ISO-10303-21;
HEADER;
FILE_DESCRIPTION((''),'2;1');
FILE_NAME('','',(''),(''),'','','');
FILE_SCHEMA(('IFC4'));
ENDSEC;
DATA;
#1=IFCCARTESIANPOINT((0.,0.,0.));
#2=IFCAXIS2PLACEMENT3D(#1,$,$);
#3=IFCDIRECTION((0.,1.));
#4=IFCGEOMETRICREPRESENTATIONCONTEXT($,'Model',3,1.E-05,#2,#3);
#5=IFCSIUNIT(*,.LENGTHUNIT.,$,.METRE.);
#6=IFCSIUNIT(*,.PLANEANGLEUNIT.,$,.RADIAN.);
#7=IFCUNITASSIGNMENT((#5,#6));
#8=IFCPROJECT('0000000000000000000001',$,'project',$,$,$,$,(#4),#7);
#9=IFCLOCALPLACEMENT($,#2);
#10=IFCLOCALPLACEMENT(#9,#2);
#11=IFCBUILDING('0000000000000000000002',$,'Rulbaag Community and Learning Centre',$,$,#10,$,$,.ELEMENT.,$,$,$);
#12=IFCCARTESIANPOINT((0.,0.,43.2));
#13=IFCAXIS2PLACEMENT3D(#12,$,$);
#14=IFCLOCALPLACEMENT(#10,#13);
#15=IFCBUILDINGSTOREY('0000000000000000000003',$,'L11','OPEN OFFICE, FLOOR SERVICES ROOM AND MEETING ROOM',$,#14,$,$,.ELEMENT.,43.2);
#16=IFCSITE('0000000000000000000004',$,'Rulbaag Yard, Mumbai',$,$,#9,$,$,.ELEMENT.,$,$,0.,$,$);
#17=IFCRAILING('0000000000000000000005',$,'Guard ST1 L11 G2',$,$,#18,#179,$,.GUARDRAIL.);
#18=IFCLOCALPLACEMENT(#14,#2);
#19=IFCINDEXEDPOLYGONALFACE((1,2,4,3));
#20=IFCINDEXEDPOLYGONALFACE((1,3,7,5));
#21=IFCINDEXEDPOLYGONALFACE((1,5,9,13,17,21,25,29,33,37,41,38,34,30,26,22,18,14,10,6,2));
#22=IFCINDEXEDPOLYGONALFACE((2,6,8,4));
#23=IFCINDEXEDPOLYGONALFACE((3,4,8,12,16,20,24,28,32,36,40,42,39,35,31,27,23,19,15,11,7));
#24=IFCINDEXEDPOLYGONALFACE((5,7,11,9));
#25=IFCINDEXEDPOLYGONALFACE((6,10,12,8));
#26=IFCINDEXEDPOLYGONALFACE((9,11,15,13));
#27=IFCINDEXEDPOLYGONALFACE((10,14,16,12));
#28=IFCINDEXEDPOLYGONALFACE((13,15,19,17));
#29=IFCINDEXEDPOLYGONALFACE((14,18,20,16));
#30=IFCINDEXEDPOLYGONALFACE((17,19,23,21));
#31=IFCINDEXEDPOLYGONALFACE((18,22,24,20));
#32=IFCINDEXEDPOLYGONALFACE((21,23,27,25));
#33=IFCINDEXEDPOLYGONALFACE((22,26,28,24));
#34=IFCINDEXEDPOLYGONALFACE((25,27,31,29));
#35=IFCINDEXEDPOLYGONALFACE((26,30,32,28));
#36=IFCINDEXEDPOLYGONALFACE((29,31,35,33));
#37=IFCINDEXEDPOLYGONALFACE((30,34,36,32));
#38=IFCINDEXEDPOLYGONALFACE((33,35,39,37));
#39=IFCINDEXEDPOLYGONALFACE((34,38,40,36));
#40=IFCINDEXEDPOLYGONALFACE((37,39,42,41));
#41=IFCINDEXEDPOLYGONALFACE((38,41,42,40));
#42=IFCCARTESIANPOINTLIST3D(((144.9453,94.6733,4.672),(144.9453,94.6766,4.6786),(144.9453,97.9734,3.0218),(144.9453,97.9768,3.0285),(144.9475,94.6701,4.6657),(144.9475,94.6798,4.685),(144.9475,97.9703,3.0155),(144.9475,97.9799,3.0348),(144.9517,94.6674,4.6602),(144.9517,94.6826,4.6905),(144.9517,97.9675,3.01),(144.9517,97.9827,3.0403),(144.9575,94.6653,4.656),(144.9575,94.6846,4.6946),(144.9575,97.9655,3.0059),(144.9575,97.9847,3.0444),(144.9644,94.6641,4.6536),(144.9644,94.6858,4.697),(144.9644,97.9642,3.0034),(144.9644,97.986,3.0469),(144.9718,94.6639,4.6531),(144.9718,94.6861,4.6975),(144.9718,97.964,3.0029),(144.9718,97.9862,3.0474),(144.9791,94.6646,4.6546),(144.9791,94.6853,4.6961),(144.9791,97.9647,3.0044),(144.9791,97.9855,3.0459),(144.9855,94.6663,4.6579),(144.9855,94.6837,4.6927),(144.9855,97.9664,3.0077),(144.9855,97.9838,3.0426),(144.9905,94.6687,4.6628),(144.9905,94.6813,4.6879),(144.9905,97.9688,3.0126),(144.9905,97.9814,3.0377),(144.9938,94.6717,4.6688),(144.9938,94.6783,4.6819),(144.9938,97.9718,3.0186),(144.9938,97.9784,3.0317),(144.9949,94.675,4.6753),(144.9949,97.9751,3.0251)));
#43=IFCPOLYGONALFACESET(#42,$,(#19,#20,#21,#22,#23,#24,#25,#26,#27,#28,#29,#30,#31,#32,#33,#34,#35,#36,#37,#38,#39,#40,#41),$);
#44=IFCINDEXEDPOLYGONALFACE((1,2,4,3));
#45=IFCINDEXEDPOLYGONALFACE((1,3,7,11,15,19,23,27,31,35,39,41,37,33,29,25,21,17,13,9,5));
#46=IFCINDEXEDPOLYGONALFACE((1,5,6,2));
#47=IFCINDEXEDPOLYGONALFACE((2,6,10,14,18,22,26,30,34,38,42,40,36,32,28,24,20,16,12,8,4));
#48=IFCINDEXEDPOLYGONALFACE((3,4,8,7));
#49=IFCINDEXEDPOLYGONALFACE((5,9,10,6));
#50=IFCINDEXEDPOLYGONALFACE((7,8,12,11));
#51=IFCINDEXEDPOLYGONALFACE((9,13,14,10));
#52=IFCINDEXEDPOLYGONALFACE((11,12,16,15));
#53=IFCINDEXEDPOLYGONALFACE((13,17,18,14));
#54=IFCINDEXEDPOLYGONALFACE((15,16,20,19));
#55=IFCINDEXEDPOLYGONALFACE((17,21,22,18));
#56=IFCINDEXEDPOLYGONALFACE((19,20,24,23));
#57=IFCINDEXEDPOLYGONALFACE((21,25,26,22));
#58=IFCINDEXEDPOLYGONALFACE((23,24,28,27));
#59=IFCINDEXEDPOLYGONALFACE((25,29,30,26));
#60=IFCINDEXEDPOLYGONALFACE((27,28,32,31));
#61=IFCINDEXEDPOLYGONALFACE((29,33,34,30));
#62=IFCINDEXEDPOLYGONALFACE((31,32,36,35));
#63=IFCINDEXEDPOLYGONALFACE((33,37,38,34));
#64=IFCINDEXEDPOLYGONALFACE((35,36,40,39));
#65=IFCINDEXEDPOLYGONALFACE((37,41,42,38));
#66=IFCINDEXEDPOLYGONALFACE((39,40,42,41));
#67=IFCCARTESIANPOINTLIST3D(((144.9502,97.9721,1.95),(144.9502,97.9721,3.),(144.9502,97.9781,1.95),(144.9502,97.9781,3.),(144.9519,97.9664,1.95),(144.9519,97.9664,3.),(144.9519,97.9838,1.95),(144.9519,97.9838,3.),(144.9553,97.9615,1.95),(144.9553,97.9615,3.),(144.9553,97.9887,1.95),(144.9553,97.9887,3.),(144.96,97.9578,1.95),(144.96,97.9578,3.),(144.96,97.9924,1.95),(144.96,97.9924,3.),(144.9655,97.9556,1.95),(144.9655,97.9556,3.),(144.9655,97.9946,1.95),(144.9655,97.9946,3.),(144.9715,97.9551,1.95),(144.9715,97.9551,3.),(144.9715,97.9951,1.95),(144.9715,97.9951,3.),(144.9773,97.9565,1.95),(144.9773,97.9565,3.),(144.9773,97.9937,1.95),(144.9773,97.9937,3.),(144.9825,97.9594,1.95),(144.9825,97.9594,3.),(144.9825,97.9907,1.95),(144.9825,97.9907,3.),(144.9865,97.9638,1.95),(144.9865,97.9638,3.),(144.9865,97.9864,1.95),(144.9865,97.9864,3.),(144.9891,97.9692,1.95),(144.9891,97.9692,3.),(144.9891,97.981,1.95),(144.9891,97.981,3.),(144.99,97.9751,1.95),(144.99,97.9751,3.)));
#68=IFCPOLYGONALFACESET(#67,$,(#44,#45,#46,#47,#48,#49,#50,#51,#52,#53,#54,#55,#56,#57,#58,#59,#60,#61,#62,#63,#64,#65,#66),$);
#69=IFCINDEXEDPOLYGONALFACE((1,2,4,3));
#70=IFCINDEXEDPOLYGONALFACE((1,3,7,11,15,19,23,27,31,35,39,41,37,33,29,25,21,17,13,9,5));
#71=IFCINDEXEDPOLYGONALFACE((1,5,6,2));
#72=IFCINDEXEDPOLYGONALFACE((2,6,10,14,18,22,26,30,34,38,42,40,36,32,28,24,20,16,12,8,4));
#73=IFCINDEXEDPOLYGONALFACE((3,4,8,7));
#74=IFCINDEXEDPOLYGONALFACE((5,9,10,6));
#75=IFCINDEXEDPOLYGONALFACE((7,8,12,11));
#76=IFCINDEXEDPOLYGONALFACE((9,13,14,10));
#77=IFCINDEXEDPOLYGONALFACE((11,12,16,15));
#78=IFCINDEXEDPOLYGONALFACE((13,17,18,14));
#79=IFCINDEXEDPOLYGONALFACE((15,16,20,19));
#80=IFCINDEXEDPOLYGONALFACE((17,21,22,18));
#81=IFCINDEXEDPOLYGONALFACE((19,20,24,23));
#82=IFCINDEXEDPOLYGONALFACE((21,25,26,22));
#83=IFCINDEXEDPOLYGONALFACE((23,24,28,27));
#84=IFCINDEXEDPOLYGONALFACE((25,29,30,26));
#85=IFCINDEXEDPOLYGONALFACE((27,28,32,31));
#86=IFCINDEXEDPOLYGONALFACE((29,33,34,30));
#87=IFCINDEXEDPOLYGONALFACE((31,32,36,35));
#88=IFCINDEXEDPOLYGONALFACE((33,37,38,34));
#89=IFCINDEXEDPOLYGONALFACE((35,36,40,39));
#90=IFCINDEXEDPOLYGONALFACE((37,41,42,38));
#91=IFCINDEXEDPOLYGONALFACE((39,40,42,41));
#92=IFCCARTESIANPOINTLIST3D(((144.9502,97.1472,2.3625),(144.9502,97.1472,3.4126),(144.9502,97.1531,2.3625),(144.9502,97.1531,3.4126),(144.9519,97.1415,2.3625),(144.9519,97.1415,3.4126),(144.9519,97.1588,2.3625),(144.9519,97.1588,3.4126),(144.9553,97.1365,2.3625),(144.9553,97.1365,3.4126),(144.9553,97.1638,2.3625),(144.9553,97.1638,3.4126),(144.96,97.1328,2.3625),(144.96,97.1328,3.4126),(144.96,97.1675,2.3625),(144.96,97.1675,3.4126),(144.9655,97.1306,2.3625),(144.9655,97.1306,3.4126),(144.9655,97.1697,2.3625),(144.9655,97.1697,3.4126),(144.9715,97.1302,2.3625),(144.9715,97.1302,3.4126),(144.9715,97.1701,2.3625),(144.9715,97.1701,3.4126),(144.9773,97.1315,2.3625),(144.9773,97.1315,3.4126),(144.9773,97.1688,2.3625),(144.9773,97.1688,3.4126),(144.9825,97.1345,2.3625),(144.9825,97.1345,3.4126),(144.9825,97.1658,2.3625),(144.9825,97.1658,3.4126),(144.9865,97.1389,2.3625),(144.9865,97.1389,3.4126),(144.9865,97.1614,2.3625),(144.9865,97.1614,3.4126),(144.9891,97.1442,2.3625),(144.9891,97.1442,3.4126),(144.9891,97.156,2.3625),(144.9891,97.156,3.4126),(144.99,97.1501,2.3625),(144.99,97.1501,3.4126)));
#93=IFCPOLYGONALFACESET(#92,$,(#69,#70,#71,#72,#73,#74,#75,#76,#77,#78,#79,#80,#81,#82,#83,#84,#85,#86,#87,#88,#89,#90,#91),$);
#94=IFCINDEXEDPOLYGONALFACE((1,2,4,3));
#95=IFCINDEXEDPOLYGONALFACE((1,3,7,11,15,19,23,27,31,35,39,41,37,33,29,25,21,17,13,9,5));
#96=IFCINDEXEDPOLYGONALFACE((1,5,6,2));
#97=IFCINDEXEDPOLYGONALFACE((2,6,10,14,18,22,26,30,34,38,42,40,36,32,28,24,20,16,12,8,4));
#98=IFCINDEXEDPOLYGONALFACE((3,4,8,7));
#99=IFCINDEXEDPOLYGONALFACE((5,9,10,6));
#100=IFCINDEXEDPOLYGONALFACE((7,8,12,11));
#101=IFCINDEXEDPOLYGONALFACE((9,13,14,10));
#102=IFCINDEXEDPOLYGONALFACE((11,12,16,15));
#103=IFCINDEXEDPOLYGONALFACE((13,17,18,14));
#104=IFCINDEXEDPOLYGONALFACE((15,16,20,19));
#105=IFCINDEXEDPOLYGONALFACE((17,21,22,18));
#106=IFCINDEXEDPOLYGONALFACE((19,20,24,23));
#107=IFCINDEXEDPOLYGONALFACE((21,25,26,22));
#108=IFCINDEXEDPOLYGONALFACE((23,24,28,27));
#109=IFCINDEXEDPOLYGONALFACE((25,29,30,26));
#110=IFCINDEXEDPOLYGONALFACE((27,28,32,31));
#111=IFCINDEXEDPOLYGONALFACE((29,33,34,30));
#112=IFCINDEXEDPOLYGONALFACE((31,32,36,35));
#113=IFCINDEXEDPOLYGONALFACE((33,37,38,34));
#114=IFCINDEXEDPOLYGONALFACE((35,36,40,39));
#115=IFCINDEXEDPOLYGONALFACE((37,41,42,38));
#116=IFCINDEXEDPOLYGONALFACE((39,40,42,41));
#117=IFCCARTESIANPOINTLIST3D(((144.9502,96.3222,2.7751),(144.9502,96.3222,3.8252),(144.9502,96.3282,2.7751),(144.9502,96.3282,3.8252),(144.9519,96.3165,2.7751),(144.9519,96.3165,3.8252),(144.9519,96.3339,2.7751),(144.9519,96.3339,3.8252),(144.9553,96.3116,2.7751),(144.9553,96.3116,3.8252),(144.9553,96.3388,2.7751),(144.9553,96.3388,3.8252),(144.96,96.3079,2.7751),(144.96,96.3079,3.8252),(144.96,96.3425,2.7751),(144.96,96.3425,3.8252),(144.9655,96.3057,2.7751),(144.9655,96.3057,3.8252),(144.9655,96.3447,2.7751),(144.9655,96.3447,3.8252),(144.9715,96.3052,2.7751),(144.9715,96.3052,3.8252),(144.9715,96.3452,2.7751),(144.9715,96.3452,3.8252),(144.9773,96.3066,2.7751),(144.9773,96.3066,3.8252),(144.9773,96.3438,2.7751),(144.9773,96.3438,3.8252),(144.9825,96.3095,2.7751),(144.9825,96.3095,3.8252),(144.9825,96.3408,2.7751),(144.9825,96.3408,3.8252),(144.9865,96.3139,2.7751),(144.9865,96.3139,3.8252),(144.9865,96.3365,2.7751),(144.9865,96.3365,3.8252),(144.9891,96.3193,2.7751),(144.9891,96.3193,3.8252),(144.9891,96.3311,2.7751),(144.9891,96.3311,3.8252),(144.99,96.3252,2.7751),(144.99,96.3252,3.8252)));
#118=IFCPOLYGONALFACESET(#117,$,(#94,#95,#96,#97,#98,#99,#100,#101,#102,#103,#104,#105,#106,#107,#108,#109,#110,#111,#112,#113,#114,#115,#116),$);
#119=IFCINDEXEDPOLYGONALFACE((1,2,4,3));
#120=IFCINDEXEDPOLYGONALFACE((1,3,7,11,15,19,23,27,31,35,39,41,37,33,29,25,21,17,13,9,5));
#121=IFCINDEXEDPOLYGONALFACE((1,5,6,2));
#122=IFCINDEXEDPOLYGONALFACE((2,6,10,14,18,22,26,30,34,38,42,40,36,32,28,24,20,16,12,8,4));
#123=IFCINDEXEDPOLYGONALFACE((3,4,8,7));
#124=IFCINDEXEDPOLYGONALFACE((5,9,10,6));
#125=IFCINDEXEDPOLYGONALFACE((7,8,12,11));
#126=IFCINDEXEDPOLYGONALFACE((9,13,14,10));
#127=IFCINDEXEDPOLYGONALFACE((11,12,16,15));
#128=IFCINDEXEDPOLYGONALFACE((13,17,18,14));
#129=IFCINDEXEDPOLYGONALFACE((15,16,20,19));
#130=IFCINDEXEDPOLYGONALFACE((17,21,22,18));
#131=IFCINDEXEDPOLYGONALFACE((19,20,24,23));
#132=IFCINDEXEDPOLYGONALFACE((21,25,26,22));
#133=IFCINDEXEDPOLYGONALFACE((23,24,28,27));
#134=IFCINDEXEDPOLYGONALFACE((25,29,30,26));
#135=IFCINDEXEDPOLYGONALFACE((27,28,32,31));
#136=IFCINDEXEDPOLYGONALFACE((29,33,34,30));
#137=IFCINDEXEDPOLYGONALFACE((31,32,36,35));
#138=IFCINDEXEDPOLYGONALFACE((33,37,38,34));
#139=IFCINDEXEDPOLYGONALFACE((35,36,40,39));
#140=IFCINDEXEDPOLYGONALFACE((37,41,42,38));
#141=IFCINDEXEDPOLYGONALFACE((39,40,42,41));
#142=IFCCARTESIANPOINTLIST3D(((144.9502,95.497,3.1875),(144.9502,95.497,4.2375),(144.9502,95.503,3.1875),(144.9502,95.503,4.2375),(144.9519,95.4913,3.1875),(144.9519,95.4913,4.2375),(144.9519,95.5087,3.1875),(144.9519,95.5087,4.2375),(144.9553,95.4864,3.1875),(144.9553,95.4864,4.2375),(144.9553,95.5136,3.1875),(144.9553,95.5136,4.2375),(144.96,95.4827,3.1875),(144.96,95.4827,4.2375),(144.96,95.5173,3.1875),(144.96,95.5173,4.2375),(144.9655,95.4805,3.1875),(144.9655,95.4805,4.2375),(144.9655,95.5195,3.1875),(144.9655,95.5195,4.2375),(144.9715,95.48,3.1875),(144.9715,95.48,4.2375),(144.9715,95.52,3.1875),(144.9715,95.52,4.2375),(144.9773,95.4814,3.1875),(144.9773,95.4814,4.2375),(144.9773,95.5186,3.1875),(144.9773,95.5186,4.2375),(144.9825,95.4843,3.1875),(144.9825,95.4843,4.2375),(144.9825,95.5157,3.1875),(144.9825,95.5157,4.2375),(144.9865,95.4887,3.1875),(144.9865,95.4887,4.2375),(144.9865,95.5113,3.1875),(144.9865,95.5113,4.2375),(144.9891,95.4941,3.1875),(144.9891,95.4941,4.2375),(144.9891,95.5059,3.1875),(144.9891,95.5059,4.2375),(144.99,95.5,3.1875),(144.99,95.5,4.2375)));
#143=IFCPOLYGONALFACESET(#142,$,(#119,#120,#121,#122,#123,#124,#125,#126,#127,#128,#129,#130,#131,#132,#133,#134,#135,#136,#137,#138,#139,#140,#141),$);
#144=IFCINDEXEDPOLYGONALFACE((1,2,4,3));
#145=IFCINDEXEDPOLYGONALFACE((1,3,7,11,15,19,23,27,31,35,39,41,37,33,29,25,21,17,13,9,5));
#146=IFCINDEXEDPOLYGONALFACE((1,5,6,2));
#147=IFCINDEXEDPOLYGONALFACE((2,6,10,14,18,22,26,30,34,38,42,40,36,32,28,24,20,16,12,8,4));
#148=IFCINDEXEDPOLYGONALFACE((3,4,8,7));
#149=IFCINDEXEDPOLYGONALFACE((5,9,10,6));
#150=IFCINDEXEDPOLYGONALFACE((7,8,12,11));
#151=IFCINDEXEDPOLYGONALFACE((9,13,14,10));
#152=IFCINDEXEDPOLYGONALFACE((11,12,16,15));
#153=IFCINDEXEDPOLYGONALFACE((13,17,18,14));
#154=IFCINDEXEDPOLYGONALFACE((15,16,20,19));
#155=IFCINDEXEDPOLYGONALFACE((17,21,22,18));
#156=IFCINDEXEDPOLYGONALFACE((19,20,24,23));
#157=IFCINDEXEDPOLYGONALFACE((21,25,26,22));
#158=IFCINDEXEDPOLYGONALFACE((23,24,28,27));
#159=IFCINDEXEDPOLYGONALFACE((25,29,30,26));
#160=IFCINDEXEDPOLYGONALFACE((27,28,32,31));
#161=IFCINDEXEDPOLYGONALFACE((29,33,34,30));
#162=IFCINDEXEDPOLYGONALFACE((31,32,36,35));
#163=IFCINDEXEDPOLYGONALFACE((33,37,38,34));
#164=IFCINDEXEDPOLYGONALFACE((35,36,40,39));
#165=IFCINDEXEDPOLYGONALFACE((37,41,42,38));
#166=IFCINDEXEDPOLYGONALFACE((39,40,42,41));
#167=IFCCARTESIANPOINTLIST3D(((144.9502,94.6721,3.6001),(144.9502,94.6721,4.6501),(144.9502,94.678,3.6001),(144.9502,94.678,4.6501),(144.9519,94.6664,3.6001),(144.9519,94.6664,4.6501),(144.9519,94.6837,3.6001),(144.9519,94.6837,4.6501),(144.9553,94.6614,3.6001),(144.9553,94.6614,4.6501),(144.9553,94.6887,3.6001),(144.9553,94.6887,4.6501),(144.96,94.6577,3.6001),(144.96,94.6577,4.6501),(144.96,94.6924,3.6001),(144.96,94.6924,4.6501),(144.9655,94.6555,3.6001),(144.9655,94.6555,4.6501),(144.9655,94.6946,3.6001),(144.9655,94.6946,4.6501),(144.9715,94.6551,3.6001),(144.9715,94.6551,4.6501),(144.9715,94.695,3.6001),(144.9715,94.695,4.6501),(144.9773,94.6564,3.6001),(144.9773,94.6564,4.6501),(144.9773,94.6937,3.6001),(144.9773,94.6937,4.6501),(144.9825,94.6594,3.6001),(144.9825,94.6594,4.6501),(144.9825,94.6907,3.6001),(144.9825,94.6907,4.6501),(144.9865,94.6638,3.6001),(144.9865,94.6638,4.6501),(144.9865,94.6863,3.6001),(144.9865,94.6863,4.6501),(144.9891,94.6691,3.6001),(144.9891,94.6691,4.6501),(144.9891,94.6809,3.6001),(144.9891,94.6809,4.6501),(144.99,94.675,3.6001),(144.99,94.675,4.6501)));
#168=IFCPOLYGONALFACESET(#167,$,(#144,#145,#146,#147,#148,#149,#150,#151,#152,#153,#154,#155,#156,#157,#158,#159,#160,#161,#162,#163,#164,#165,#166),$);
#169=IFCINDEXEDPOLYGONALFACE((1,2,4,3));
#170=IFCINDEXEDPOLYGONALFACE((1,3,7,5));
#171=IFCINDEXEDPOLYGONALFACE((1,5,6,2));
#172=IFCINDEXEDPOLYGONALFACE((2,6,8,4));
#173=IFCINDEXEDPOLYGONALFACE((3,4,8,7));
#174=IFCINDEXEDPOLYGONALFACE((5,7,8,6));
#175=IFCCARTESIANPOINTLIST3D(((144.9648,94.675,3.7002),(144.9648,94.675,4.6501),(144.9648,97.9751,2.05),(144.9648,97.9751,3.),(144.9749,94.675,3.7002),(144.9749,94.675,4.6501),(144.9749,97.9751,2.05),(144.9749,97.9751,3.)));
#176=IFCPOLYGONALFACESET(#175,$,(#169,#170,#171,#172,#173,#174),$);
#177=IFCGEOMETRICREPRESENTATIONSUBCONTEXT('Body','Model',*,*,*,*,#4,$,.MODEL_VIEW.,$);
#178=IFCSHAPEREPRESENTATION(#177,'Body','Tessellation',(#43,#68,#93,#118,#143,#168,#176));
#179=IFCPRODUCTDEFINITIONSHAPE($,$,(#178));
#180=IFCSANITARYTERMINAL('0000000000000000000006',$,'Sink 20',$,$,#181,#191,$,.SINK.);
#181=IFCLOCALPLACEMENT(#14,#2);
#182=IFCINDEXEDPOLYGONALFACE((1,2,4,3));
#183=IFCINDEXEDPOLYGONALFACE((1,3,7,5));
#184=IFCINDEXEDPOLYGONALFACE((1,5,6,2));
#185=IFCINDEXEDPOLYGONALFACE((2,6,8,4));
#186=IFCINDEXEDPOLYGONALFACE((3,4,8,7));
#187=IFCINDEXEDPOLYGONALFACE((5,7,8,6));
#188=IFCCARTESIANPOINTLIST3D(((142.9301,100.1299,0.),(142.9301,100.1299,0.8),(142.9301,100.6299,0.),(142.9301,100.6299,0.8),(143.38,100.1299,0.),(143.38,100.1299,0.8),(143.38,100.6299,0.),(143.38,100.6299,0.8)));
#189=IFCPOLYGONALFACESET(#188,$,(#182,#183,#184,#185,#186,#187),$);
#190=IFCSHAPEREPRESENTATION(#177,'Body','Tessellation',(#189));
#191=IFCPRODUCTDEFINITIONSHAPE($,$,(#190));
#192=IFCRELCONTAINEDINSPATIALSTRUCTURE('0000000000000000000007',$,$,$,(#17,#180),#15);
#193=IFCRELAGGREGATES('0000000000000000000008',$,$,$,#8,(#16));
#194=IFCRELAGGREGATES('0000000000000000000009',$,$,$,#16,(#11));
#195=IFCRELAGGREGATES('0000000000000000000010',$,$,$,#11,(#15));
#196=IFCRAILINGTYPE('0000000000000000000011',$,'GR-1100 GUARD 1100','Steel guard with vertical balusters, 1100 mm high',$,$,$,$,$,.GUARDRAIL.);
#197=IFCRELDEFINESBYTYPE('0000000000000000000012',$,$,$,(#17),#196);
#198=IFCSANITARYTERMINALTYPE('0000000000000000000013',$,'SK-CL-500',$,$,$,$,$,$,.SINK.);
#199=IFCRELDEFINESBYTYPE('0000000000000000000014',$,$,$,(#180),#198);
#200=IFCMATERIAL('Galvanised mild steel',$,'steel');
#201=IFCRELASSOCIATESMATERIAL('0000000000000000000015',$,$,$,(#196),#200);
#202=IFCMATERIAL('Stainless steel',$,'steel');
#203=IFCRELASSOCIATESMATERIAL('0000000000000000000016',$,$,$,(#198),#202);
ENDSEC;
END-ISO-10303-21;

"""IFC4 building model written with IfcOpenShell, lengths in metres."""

from ifc_helpers import new_model, si_unit, direction, frame, origin, origin_2d, place, context, subcontext, project, spatial, polyline, rectangle, circle, outline, extrude, material, type_object, element, save


model = new_model("IFC4")

# Units and contexts
model_context = context("Model", 3, precision=1e-05, world=origin(), true_north=direction((0.0, 1.0)))
body_context = subcontext(model_context, "Body", "Model", "MODEL_VIEW")
ifc_project = project(units=[si_unit("LENGTHUNIT", "METRE"), si_unit("PLANEANGLEUNIT", "RADIAN")], contexts=[model_context])

# Site, building, storey
site_placement = place(None, origin())
site = spatial("IfcSite", under=ifc_project, at=site_placement, Name="Rulbaag Yard, Mumbai", CompositionType="ELEMENT", RefElevation=0.0)
building_placement = place(site_placement, origin())
building = spatial("IfcBuilding", under=site, at=building_placement, Name="Rulbaag Community and Learning Centre", CompositionType="ELEMENT")
storey_placement = place(building_placement, frame((0.0, 0.0, 43.2)))
storey = spatial("IfcBuildingStorey", under=building, at=storey_placement, Name="L11", Description="OPEN OFFICE, FLOOR SERVICES ROOM AND MEETING ROOM", CompositionType="ELEMENT", Elevation=43.2)

# Railing
ifc_material_1 = material(Name="Galvanised mild steel", Category="steel")
railing_type_1 = type_object("IfcRailingType", Name="GR-1100 GUARD 1100", Description="Steel guard with vertical balusters, 1100 mm high", PredefinedType="GUARDRAIL", material=ifc_material_1)
railing_1_placement = place(storey_placement, frame((144.97, 97.9751, 1.95)))
element("IfcRailing", 1, at=railing_1_placement, inside=storey, type_object=railing_type_1, Name="Guard ST1 L11 G2", PredefinedType="GUARDRAIL", context=body_context, shape_type="SweptSolid", body=[
    extrude(circle(Radius=0.0249, at=origin_2d()), frame((0.0, 0.0, 1.0752), z_axis=(0.0, -0.894414, 0.44724), x_axis=(1.0, 0.0, 0.0)), (0.0, 0.0, 1.0), 3.6897),
    extrude(circle(Radius=0.02, at=origin_2d()), origin(), (0.0, 0.0, 1.0), 1.05),
    extrude(circle(Radius=0.02, at=origin_2d()), frame((0.0, -0.825, 0.4126)), (0.0, 0.0, 1.0), 1.05),
    extrude(circle(Radius=0.02, at=origin_2d()), frame((0.0, -1.6499, 0.8252)), (0.0, 0.0, 1.0), 1.05),
    extrude(circle(Radius=0.02, at=origin_2d()), frame((0.0, -2.4751, 1.2375)), (0.0, 0.0, 1.0), 1.05),
    extrude(circle(Radius=0.02, at=origin_2d()), frame((0.0, -3.3, 1.6501)), (0.0, 0.0, 1.0), 1.05),
    extrude(outline(polyline([(0.0, 0.0), (3.3, 1.6501), (3.3, 2.6001), (0.0, 0.95), (0.0, 0.0)])), frame((0.0049, 0.0, 0.1001), z_axis=(-1.0, 0.0, 0.0), x_axis=(0.0, -1.0, 0.0)), (0.0, 0.0, 1.0), 0.01),
])

# Sanitary terminal
ifc_material_2 = material(Name="Stainless steel", Category="steel")
sanitary_terminal_type = type_object("IfcSanitaryTerminalType", Name="SK-CL-500", PredefinedType="SINK", material=ifc_material_2)
sanitary_terminal_placement = place(storey_placement, frame((143.155, 100.3799, 0.0), z_axis=(0.0, 0.0, 1.0), x_axis=(1.0, 0.0, 0.0)))
element("IfcSanitaryTerminal", 2, at=sanitary_terminal_placement, inside=storey, type_object=sanitary_terminal_type, Name="Sink 20", PredefinedType="SINK", context=body_context, shape_type="SweptSolid", body=[
    extrude(rectangle(XDim=0.45, YDim=0.5, at=origin_2d()), origin(), (0.0, 0.0, 1.0), 0.8),
])

save(model, "model.ifc")
